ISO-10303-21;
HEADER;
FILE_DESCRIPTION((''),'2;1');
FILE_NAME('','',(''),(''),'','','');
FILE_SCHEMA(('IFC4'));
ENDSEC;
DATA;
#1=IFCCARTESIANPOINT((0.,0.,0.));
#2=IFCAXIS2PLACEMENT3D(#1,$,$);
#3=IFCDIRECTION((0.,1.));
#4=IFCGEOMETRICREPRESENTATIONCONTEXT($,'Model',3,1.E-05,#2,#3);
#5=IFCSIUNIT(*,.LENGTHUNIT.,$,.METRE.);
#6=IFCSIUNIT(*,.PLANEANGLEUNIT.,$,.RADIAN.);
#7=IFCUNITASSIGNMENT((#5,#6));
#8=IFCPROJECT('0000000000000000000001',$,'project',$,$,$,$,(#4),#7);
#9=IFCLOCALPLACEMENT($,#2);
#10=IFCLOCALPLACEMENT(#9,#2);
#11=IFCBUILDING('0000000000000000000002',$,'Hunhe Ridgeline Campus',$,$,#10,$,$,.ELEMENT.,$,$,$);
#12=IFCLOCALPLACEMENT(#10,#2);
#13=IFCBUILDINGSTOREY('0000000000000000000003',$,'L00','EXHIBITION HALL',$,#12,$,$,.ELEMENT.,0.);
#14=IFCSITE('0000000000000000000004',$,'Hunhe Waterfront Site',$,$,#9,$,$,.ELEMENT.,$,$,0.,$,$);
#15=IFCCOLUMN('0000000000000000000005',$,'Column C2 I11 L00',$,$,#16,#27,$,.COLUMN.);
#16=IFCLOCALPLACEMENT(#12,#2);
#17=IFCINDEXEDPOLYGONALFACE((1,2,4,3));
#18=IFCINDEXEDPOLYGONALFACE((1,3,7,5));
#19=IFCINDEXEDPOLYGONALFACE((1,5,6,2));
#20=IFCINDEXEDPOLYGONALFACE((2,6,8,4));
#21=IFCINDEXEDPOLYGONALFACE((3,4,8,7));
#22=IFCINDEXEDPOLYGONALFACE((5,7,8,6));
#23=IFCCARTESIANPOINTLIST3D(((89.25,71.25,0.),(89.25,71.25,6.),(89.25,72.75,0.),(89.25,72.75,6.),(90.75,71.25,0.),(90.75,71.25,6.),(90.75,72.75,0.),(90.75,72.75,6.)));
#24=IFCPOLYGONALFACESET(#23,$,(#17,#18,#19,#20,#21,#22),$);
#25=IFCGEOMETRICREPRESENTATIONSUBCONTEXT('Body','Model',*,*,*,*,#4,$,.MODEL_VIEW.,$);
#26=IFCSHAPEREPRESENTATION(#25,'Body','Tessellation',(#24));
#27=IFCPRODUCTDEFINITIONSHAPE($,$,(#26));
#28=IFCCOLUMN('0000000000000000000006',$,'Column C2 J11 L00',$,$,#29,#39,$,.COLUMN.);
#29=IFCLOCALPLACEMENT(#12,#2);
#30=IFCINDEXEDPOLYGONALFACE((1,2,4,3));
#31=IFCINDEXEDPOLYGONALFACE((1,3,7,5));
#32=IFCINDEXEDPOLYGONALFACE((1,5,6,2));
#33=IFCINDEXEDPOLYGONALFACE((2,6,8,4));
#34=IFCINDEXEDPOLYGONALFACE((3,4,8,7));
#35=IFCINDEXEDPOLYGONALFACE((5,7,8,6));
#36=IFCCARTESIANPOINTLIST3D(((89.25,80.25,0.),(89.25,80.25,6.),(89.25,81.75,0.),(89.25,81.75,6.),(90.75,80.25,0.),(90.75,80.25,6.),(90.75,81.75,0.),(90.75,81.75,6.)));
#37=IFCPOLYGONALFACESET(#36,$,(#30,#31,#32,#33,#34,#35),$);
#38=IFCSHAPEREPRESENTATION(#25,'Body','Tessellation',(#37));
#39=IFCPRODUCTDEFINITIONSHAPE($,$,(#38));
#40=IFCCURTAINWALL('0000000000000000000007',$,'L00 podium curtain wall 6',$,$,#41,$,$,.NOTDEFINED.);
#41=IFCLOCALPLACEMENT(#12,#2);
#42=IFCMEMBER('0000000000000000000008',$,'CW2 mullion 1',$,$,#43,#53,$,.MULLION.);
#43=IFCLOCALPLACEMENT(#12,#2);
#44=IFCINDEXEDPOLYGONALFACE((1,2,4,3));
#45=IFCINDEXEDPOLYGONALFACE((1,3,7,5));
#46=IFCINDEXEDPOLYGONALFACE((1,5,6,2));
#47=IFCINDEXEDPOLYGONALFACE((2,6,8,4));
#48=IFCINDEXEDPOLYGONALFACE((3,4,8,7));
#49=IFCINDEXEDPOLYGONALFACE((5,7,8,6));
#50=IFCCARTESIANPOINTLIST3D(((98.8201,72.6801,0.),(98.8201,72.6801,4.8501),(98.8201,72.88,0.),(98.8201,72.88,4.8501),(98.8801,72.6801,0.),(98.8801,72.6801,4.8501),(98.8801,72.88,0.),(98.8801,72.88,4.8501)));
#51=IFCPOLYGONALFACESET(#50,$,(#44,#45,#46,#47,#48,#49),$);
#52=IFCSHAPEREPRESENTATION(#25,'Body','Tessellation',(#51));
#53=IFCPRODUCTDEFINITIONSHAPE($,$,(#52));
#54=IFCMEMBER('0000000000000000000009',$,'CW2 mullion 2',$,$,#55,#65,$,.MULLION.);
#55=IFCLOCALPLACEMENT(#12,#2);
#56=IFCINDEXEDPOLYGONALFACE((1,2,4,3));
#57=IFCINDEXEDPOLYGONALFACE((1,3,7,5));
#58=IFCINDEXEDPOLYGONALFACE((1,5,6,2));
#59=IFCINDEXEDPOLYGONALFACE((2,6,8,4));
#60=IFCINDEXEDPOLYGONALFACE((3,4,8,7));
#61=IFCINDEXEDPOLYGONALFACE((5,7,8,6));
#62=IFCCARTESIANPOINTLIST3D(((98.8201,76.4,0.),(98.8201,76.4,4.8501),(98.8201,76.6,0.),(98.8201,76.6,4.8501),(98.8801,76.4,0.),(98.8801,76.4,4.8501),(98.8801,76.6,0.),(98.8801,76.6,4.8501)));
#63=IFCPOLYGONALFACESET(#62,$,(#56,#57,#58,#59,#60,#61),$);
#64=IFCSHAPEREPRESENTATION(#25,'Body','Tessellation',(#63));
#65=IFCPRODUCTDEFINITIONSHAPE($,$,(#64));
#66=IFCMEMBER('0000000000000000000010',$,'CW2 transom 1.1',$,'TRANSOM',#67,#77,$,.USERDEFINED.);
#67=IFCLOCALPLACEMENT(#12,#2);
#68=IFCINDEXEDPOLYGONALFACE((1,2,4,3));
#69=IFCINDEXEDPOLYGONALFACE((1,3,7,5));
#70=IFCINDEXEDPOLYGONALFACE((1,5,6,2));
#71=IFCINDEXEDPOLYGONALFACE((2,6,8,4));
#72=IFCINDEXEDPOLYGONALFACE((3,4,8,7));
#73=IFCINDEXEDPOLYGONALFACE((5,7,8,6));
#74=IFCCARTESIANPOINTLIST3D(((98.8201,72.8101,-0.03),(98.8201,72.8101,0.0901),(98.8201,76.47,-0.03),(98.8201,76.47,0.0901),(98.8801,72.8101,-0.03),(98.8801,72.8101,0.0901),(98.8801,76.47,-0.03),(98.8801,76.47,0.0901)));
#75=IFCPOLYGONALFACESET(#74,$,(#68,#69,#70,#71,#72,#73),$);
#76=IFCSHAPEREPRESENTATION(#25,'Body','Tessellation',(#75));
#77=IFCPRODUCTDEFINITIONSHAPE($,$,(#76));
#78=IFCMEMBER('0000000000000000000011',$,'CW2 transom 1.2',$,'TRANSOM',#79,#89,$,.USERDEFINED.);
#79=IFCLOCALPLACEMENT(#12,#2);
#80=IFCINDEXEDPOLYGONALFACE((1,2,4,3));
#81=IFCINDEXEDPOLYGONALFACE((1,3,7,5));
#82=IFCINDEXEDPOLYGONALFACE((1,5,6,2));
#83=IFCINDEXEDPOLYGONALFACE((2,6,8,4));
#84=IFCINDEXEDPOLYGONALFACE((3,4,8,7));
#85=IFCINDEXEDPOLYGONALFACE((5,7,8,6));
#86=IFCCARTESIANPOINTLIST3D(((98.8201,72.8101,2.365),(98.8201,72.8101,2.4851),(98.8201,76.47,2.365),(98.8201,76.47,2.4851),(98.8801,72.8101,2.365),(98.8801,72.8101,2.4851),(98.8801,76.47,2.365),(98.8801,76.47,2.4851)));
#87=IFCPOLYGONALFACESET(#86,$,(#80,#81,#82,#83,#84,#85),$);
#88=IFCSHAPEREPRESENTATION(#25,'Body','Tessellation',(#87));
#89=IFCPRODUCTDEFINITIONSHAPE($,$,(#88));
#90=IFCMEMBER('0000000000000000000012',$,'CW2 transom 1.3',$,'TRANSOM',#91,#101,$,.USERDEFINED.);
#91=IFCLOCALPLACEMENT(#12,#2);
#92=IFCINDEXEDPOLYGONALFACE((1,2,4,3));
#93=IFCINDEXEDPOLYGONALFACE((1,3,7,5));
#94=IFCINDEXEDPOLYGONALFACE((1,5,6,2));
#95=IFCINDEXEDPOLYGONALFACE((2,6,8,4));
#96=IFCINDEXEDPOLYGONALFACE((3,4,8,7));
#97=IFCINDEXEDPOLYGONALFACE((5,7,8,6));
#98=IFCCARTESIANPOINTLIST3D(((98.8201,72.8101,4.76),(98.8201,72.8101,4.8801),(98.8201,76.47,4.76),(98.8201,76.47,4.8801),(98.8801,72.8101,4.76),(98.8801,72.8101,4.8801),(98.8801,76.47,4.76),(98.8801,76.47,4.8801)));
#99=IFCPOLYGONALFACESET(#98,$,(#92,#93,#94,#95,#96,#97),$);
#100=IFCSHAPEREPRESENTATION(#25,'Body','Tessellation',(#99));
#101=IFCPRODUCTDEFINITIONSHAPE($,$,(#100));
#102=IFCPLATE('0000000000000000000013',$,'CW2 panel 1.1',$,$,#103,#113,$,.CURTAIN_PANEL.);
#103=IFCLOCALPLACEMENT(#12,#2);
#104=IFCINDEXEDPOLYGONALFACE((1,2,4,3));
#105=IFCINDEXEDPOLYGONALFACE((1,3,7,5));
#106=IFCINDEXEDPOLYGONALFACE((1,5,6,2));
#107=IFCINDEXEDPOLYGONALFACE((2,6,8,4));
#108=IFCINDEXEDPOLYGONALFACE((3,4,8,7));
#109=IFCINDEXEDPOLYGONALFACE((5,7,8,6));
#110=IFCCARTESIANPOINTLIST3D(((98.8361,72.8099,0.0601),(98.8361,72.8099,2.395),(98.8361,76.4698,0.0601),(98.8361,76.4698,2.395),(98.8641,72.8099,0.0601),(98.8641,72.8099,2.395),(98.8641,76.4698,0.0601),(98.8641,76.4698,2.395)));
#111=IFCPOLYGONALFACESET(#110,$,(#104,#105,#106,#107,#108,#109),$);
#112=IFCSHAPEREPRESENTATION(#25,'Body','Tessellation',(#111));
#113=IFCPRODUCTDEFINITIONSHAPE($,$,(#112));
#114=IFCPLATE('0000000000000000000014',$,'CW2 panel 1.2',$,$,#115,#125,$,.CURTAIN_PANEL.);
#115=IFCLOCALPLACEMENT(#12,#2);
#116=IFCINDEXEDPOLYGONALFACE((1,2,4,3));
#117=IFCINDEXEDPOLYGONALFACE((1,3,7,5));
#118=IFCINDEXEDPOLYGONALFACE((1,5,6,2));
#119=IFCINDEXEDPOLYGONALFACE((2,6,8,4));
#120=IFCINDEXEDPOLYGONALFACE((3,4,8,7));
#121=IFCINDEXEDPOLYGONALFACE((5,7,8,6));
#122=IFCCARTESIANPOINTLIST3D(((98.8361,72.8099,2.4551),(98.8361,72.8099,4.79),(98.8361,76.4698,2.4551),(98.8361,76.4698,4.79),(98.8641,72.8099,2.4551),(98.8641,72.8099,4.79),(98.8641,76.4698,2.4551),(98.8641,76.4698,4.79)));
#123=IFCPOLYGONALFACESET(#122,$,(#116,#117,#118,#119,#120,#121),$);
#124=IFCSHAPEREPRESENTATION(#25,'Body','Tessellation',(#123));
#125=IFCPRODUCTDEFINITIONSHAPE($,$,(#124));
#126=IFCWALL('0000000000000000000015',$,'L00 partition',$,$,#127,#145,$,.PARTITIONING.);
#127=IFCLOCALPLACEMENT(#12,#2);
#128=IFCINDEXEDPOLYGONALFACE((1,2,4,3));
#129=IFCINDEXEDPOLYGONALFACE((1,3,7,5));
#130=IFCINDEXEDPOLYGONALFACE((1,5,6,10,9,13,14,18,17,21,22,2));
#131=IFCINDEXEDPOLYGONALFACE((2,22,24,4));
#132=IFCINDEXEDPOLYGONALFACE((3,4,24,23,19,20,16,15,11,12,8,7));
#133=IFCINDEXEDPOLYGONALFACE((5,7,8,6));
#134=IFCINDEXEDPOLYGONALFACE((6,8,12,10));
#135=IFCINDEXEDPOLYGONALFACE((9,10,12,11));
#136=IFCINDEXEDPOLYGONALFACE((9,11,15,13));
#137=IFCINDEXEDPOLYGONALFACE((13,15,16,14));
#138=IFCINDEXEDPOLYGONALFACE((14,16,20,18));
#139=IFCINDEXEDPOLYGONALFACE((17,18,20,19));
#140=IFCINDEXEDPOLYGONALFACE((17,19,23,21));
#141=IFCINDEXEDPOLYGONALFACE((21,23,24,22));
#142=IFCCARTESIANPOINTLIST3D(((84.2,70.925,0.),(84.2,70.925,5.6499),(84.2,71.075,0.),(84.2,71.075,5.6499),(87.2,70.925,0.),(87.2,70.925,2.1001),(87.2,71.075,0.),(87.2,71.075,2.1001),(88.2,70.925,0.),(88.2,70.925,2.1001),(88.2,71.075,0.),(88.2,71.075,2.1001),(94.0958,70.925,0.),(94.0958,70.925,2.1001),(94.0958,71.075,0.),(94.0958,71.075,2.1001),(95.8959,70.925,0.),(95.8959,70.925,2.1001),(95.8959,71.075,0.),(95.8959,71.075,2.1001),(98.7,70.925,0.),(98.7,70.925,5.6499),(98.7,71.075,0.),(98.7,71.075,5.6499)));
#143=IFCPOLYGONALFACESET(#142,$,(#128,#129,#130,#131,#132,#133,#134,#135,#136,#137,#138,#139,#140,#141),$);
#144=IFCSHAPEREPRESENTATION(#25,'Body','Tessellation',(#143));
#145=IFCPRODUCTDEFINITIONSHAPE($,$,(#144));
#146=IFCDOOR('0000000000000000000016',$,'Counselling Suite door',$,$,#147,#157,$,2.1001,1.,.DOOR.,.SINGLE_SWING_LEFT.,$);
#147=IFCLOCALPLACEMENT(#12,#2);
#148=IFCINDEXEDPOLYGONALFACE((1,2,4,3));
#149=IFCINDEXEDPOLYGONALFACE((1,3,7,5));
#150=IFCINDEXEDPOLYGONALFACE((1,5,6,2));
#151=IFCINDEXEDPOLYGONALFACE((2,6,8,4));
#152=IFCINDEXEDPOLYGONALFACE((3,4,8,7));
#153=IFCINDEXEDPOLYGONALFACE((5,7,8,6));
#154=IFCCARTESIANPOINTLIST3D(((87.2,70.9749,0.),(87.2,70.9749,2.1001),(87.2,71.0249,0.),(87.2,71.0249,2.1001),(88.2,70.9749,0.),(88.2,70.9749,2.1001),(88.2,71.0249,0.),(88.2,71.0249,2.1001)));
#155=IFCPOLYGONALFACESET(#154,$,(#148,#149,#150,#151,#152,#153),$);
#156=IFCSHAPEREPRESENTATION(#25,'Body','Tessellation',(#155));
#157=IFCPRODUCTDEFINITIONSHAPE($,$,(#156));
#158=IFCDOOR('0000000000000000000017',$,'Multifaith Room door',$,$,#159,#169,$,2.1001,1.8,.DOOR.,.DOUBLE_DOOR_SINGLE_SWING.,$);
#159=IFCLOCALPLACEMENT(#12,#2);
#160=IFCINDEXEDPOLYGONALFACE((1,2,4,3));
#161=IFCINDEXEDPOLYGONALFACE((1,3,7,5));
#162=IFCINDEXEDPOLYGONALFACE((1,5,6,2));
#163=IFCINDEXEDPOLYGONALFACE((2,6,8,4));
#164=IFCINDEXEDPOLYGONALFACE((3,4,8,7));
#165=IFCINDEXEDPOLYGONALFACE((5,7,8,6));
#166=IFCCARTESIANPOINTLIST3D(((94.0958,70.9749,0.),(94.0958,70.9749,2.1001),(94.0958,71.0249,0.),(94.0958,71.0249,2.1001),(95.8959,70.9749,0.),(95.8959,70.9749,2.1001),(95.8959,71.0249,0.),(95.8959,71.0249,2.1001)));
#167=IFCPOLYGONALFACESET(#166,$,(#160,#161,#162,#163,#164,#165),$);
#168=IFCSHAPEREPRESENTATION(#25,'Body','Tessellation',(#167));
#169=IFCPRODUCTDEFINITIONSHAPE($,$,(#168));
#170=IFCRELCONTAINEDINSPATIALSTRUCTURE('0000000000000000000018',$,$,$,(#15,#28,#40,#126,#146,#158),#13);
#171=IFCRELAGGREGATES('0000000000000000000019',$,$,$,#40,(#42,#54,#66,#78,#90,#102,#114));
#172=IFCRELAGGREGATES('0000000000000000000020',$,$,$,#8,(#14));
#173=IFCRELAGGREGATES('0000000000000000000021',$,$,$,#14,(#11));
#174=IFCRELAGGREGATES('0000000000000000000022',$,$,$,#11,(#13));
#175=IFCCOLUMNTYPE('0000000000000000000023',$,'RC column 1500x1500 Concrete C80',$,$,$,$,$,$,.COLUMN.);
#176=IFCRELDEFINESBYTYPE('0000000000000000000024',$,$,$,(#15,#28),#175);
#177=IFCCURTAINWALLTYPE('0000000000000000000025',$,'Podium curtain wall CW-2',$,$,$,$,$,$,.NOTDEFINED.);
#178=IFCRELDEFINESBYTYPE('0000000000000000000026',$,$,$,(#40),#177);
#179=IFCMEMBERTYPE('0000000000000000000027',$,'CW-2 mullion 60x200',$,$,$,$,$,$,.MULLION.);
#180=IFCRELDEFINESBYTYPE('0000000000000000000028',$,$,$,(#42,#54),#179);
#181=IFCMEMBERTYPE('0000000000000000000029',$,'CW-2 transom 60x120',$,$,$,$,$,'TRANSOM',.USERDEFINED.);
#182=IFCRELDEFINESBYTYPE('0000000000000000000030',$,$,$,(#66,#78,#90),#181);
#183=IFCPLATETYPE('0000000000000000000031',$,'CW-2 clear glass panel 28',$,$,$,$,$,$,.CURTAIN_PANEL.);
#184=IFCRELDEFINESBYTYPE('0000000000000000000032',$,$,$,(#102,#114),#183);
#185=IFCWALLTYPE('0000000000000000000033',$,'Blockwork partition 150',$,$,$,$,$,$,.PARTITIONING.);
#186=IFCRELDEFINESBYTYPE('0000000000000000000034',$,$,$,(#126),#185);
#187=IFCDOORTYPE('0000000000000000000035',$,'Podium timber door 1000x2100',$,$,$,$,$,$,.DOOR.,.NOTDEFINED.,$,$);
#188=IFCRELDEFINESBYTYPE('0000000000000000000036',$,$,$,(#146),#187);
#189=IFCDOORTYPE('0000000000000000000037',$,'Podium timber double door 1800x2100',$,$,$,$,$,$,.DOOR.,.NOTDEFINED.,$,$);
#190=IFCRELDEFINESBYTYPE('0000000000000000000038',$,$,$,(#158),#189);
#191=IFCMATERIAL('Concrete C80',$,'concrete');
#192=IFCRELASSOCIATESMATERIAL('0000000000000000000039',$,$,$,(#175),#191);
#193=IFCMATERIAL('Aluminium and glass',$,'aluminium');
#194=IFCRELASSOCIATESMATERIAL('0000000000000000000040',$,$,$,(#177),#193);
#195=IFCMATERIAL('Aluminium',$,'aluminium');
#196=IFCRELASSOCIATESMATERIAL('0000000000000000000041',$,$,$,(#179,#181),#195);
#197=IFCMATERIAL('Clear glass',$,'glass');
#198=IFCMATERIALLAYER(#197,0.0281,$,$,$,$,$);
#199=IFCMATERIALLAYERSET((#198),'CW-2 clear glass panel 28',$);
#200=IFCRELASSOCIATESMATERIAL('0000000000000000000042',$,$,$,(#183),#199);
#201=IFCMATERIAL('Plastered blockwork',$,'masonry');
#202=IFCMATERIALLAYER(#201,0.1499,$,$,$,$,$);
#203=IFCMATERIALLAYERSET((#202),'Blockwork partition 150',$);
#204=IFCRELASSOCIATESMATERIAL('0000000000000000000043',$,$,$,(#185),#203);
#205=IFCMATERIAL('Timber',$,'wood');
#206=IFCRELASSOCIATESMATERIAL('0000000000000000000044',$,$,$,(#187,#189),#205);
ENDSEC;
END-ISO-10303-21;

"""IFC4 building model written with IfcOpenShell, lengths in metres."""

from ifc_helpers import new_model, si_unit, direction, frame, frame_2d, origin, origin_2d, place, context, subcontext, project, spatial, rectangle, extrude, material, layer, layer_set, material_profile, profile_set, type_object, element, fill, aggregate, save


model = new_model("IFC4")

# Units and contexts
model_context = context("Model", 3, precision=1e-05, world=origin(), true_north=direction((0.0, 1.0)))
body_context = subcontext(model_context, "Body", "Model", "MODEL_VIEW")
ifc_project = project(units=[si_unit("LENGTHUNIT", "METRE"), si_unit("PLANEANGLEUNIT", "RADIAN")], contexts=[model_context])

# Site, building, storey
site_placement = place(None, origin())
site = spatial("IfcSite", under=ifc_project, at=site_placement, Name="Hunhe Waterfront Site", CompositionType="ELEMENT", RefElevation=0.0)
building_placement = place(site_placement, origin())
building = spatial("IfcBuilding", under=site, at=building_placement, Name="Hunhe Ridgeline Campus", CompositionType="ELEMENT")
storey_placement = place(building_placement, origin())
storey = spatial("IfcBuildingStorey", under=building, at=storey_placement, Name="L00", Description="EXHIBITION HALL", CompositionType="ELEMENT", Elevation=0.0)

# Columns
ifc_material_1 = material(Name="Concrete C80", Category="concrete")
ifc_material_profile_1 = material_profile(ifc_material_1, rectangle(XDim=1.5, YDim=1.5, at=origin_2d()))
ifc_profile_set_1 = profile_set([ifc_material_profile_1], Name="Concrete C80")
column_type = type_object("IfcColumnType", Name="RC column 1500x1500 Concrete C80", PredefinedType="COLUMN", material=ifc_profile_set_1)
for number, where, z_axis, x_axis, name in (
    (1, (90.0, 72.0, 0.0), (0.0, 0.0, 1.0), (1.0, 0.0, 0.0), "Column C2 I11 L00"),
    (2, (90.0, 81.0, 0.0), (0.0, 0.0, 1.0), (1.0, 0.0, 0.0), "Column C2 J11 L00"),
):
    element("IfcColumn", number, at=place(storey_placement, frame(where, z_axis=z_axis, x_axis=x_axis)), inside=storey, type_object=column_type, Name=name, PredefinedType="COLUMN", context=body_context, shape_type="SweptSolid", body=[
        extrude(rectangle(XDim=1.5, YDim=1.5, at=origin_2d()), origin(), (0.0, 0.0, 1.0), 6.0),
    ])

# Curtain wall, members, plates
ifc_material_2 = material(Name="Aluminium and glass", Category="aluminium")
curtain_wall_type = type_object("IfcCurtainWallType", Name="Podium curtain wall CW-2", PredefinedType="NOTDEFINED", material=ifc_material_2)
curtain_wall_placement = place(storey_placement, origin())
curtain_wall = element("IfcCurtainWall", 3, at=curtain_wall_placement, inside=storey, type_object=curtain_wall_type, Name="L00 podium curtain wall 6", PredefinedType="NOTDEFINED")
ifc_material_3 = material(Name="Aluminium", Category="aluminium")
ifc_material_profile_2 = material_profile(ifc_material_3, rectangle(XDim=0.0601, YDim=0.2, at=origin_2d()))
ifc_profile_set_2 = profile_set([ifc_material_profile_2], Name="Aluminium")
member_type_1 = type_object("IfcMemberType", Name="CW-2 mullion 60x200", PredefinedType="MULLION", material=ifc_profile_set_2)
member_1_placement = place(storey_placement, frame((98.8501, 72.78, 0.0), z_axis=(0.0, 0.0, 1.0), x_axis=(-1.0, 0.0, 0.0)))
member_1 = element("IfcMember", 4, at=member_1_placement, type_object=member_type_1, Name="CW2 mullion 1", PredefinedType="MULLION", context=body_context, shape_type="SweptSolid", body=[
    extrude(rectangle(XDim=0.0601, YDim=0.2, at=origin_2d()), origin(), (0.0, 0.0, 1.0), 4.8501),
])
member_2_placement = place(storey_placement, frame((98.8501, 76.5, 0.0), z_axis=(0.0, 0.0, 1.0), x_axis=(-1.0, 0.0, 0.0)))
member_2 = element("IfcMember", 5, at=member_2_placement, type_object=member_type_1, Name="CW2 mullion 2", PredefinedType="MULLION", context=body_context, shape_type="SweptSolid", body=[
    extrude(rectangle(XDim=0.0601, YDim=0.2, at=origin_2d()), origin(), (0.0, 0.0, 1.0), 4.8501),
])
ifc_material_profile_3 = material_profile(ifc_material_3, rectangle(XDim=0.0601, YDim=0.1201, at=origin_2d()))
ifc_profile_set_3 = profile_set([ifc_material_profile_3], Name="Aluminium")
member_type_2 = type_object("IfcMemberType", Name="CW-2 transom 60x120", ElementType="TRANSOM", PredefinedType="USERDEFINED", material=ifc_profile_set_3)
member_3_placement = place(storey_placement, frame((98.8501, 72.8101, 0.03), z_axis=(0.0, 1.0, 0.0), x_axis=(-1.0, 0.0, 0.0)))
member_3 = element("IfcMember", 6, at=member_3_placement, type_object=member_type_2, Name="CW2 transom 1.1", ObjectType="TRANSOM", PredefinedType="USERDEFINED", context=body_context, shape_type="SweptSolid", body=[
    extrude(rectangle(XDim=0.0601, YDim=0.1201, at=origin_2d()), origin(), (0.0, 0.0, 1.0), 3.6599),
])
member_4_placement = place(storey_placement, frame((98.8501, 72.8101, 2.425), z_axis=(0.0, 1.0, 0.0), x_axis=(-1.0, 0.0, 0.0)))
member_4 = element("IfcMember", 7, at=member_4_placement, type_object=member_type_2, Name="CW2 transom 1.2", ObjectType="TRANSOM", PredefinedType="USERDEFINED", context=body_context, shape_type="SweptSolid", body=[
    extrude(rectangle(XDim=0.0601, YDim=0.1201, at=origin_2d()), origin(), (0.0, 0.0, 1.0), 3.6599),
])
member_5_placement = place(storey_placement, frame((98.8501, 72.8101, 4.8201), z_axis=(0.0, 1.0, 0.0), x_axis=(-1.0, 0.0, 0.0)))
member_5 = element("IfcMember", 8, at=member_5_placement, type_object=member_type_2, Name="CW2 transom 1.3", ObjectType="TRANSOM", PredefinedType="USERDEFINED", context=body_context, shape_type="SweptSolid", body=[
    extrude(rectangle(XDim=0.0601, YDim=0.1201, at=origin_2d()), origin(), (0.0, 0.0, 1.0), 3.6599),
])
ifc_material_4 = material(Name="Clear glass", Category="glass")
ifc_layer_1 = layer(ifc_material_4, 0.0281)
ifc_layer_set_1 = layer_set([ifc_layer_1], Name="CW-2 clear glass panel 28")
plate_type = type_object("IfcPlateType", Name="CW-2 clear glass panel 28", PredefinedType="CURTAIN_PANEL", material=ifc_layer_set_1)
plate_1_placement = place(storey_placement, frame((98.8501, 74.6399, 0.0601), z_axis=(0.0, 0.0, 1.0), x_axis=(0.0, 1.0, 0.0)))
plate_1 = element("IfcPlate", 9, at=plate_1_placement, type_object=plate_type, Name="CW2 panel 1.1", PredefinedType="CURTAIN_PANEL", context=body_context, shape_type="SweptSolid", body=[
    extrude(rectangle(XDim=3.6599, YDim=0.0281, at=origin_2d()), origin(), (0.0, 0.0, 1.0), 2.335),
])
plate_2_placement = place(storey_placement, frame((98.8501, 74.6399, 2.4551), z_axis=(0.0, 0.0, 1.0), x_axis=(0.0, 1.0, 0.0)))
plate_2 = element("IfcPlate", 10, at=plate_2_placement, type_object=plate_type, Name="CW2 panel 1.2", PredefinedType="CURTAIN_PANEL", context=body_context, shape_type="SweptSolid", body=[
    extrude(rectangle(XDim=3.6599, YDim=0.0281, at=origin_2d()), origin(), (0.0, 0.0, 1.0), 2.335),
])
aggregate(curtain_wall, [member_1, member_2, member_3, member_4, member_5, plate_1, plate_2])

# Wall, openings, doors
ifc_material_5 = material(Name="Plastered blockwork", Category="masonry")
ifc_layer_2 = layer(ifc_material_5, 0.1499)
ifc_layer_set_2 = layer_set([ifc_layer_2], Name="Blockwork partition 150")
wall_type_1 = type_object("IfcWallType", Name="Blockwork partition 150", PredefinedType="PARTITIONING", material=ifc_layer_set_2)
wall_1_placement = place(storey_placement, frame((84.2, 71.0, 0.0), z_axis=(0.0, 0.0, 1.0), x_axis=(1.0, 0.0, 0.0)))
wall_1 = element("IfcWall", 11, at=wall_1_placement, inside=storey, type_object=wall_type_1, Name="L00 partition", PredefinedType="PARTITIONING", context=body_context, shape_type="SweptSolid", body=[
    extrude(rectangle(XDim=14.5, YDim=0.1499, at=frame_2d((7.25, 0.0))), origin(), (0.0, 0.0, 1.0), 5.6499),
])
opening_1_placement = place(wall_1_placement, frame((3.0, 0.0, 0.0)))
opening_1 = element("IfcOpeningElement", 12, at=opening_1_placement, cuts=wall_1, PredefinedType="OPENING", context=body_context, shape_type="SweptSolid", body=[
    extrude(rectangle(XDim=1.0, YDim=2.1001, at=frame_2d((0.5, 1.05))), frame((0.0, 0.075, 0.0), z_axis=(0.0, -1.0, 0.0), x_axis=(1.0, 0.0, 0.0)), (0.0, 0.0, 1.0), 0.1499),
])
opening_2_placement = place(wall_1_placement, frame((9.896, 0.0, 0.0)))
opening_2 = element("IfcOpeningElement", 13, at=opening_2_placement, cuts=wall_1, PredefinedType="OPENING", context=body_context, shape_type="SweptSolid", body=[
    extrude(rectangle(XDim=1.8, YDim=2.1001, at=frame_2d((0.8999, 1.05))), frame((0.0, 0.075, 0.0), z_axis=(0.0, -1.0, 0.0), x_axis=(1.0, 0.0, 0.0)), (0.0, 0.0, 1.0), 0.1499),
])
ifc_material_6 = material(Name="Timber", Category="wood")
door_type_1 = type_object("IfcDoorType", Name="Podium timber door 1000x2100", OperationType="NOTDEFINED", PredefinedType="DOOR", material=ifc_material_6)
door_1_placement = place(opening_1_placement, origin())
door_1 = element("IfcDoor", 14, at=door_1_placement, inside=storey, type_object=door_type_1, Name="Counselling Suite door", OperationType="SINGLE_SWING_LEFT", OverallHeight=2.1001, OverallWidth=1.0, PredefinedType="DOOR", context=body_context, shape_type="SweptSolid", body=[
    extrude(rectangle(XDim=1.0, YDim=2.1001, at=frame_2d((0.5, 1.05))), frame((0.0, 0.0249, 0.0), z_axis=(0.0, -1.0, 0.0), x_axis=(1.0, 0.0, 0.0)), (0.0, 0.0, 1.0), 0.05),
])
fill(opening_1, door_1)
door_type_2 = type_object("IfcDoorType", Name="Podium timber double door 1800x2100", OperationType="NOTDEFINED", PredefinedType="DOOR", material=ifc_material_6)
door_2_placement = place(opening_2_placement, origin())
door_2 = element("IfcDoor", 15, at=door_2_placement, inside=storey, type_object=door_type_2, Name="Multifaith Room door", OperationType="DOUBLE_DOOR_SINGLE_SWING", OverallHeight=2.1001, OverallWidth=1.8, PredefinedType="DOOR", context=body_context, shape_type="SweptSolid", body=[
    extrude(rectangle(XDim=1.8, YDim=2.1001, at=frame_2d((0.8999, 1.05))), frame((0.0, 0.0249, 0.0), z_axis=(0.0, -1.0, 0.0), x_axis=(1.0, 0.0, 0.0)), (0.0, 0.0, 1.0), 0.05),
])
fill(opening_2, door_2)

save(model, "model.ifc")
